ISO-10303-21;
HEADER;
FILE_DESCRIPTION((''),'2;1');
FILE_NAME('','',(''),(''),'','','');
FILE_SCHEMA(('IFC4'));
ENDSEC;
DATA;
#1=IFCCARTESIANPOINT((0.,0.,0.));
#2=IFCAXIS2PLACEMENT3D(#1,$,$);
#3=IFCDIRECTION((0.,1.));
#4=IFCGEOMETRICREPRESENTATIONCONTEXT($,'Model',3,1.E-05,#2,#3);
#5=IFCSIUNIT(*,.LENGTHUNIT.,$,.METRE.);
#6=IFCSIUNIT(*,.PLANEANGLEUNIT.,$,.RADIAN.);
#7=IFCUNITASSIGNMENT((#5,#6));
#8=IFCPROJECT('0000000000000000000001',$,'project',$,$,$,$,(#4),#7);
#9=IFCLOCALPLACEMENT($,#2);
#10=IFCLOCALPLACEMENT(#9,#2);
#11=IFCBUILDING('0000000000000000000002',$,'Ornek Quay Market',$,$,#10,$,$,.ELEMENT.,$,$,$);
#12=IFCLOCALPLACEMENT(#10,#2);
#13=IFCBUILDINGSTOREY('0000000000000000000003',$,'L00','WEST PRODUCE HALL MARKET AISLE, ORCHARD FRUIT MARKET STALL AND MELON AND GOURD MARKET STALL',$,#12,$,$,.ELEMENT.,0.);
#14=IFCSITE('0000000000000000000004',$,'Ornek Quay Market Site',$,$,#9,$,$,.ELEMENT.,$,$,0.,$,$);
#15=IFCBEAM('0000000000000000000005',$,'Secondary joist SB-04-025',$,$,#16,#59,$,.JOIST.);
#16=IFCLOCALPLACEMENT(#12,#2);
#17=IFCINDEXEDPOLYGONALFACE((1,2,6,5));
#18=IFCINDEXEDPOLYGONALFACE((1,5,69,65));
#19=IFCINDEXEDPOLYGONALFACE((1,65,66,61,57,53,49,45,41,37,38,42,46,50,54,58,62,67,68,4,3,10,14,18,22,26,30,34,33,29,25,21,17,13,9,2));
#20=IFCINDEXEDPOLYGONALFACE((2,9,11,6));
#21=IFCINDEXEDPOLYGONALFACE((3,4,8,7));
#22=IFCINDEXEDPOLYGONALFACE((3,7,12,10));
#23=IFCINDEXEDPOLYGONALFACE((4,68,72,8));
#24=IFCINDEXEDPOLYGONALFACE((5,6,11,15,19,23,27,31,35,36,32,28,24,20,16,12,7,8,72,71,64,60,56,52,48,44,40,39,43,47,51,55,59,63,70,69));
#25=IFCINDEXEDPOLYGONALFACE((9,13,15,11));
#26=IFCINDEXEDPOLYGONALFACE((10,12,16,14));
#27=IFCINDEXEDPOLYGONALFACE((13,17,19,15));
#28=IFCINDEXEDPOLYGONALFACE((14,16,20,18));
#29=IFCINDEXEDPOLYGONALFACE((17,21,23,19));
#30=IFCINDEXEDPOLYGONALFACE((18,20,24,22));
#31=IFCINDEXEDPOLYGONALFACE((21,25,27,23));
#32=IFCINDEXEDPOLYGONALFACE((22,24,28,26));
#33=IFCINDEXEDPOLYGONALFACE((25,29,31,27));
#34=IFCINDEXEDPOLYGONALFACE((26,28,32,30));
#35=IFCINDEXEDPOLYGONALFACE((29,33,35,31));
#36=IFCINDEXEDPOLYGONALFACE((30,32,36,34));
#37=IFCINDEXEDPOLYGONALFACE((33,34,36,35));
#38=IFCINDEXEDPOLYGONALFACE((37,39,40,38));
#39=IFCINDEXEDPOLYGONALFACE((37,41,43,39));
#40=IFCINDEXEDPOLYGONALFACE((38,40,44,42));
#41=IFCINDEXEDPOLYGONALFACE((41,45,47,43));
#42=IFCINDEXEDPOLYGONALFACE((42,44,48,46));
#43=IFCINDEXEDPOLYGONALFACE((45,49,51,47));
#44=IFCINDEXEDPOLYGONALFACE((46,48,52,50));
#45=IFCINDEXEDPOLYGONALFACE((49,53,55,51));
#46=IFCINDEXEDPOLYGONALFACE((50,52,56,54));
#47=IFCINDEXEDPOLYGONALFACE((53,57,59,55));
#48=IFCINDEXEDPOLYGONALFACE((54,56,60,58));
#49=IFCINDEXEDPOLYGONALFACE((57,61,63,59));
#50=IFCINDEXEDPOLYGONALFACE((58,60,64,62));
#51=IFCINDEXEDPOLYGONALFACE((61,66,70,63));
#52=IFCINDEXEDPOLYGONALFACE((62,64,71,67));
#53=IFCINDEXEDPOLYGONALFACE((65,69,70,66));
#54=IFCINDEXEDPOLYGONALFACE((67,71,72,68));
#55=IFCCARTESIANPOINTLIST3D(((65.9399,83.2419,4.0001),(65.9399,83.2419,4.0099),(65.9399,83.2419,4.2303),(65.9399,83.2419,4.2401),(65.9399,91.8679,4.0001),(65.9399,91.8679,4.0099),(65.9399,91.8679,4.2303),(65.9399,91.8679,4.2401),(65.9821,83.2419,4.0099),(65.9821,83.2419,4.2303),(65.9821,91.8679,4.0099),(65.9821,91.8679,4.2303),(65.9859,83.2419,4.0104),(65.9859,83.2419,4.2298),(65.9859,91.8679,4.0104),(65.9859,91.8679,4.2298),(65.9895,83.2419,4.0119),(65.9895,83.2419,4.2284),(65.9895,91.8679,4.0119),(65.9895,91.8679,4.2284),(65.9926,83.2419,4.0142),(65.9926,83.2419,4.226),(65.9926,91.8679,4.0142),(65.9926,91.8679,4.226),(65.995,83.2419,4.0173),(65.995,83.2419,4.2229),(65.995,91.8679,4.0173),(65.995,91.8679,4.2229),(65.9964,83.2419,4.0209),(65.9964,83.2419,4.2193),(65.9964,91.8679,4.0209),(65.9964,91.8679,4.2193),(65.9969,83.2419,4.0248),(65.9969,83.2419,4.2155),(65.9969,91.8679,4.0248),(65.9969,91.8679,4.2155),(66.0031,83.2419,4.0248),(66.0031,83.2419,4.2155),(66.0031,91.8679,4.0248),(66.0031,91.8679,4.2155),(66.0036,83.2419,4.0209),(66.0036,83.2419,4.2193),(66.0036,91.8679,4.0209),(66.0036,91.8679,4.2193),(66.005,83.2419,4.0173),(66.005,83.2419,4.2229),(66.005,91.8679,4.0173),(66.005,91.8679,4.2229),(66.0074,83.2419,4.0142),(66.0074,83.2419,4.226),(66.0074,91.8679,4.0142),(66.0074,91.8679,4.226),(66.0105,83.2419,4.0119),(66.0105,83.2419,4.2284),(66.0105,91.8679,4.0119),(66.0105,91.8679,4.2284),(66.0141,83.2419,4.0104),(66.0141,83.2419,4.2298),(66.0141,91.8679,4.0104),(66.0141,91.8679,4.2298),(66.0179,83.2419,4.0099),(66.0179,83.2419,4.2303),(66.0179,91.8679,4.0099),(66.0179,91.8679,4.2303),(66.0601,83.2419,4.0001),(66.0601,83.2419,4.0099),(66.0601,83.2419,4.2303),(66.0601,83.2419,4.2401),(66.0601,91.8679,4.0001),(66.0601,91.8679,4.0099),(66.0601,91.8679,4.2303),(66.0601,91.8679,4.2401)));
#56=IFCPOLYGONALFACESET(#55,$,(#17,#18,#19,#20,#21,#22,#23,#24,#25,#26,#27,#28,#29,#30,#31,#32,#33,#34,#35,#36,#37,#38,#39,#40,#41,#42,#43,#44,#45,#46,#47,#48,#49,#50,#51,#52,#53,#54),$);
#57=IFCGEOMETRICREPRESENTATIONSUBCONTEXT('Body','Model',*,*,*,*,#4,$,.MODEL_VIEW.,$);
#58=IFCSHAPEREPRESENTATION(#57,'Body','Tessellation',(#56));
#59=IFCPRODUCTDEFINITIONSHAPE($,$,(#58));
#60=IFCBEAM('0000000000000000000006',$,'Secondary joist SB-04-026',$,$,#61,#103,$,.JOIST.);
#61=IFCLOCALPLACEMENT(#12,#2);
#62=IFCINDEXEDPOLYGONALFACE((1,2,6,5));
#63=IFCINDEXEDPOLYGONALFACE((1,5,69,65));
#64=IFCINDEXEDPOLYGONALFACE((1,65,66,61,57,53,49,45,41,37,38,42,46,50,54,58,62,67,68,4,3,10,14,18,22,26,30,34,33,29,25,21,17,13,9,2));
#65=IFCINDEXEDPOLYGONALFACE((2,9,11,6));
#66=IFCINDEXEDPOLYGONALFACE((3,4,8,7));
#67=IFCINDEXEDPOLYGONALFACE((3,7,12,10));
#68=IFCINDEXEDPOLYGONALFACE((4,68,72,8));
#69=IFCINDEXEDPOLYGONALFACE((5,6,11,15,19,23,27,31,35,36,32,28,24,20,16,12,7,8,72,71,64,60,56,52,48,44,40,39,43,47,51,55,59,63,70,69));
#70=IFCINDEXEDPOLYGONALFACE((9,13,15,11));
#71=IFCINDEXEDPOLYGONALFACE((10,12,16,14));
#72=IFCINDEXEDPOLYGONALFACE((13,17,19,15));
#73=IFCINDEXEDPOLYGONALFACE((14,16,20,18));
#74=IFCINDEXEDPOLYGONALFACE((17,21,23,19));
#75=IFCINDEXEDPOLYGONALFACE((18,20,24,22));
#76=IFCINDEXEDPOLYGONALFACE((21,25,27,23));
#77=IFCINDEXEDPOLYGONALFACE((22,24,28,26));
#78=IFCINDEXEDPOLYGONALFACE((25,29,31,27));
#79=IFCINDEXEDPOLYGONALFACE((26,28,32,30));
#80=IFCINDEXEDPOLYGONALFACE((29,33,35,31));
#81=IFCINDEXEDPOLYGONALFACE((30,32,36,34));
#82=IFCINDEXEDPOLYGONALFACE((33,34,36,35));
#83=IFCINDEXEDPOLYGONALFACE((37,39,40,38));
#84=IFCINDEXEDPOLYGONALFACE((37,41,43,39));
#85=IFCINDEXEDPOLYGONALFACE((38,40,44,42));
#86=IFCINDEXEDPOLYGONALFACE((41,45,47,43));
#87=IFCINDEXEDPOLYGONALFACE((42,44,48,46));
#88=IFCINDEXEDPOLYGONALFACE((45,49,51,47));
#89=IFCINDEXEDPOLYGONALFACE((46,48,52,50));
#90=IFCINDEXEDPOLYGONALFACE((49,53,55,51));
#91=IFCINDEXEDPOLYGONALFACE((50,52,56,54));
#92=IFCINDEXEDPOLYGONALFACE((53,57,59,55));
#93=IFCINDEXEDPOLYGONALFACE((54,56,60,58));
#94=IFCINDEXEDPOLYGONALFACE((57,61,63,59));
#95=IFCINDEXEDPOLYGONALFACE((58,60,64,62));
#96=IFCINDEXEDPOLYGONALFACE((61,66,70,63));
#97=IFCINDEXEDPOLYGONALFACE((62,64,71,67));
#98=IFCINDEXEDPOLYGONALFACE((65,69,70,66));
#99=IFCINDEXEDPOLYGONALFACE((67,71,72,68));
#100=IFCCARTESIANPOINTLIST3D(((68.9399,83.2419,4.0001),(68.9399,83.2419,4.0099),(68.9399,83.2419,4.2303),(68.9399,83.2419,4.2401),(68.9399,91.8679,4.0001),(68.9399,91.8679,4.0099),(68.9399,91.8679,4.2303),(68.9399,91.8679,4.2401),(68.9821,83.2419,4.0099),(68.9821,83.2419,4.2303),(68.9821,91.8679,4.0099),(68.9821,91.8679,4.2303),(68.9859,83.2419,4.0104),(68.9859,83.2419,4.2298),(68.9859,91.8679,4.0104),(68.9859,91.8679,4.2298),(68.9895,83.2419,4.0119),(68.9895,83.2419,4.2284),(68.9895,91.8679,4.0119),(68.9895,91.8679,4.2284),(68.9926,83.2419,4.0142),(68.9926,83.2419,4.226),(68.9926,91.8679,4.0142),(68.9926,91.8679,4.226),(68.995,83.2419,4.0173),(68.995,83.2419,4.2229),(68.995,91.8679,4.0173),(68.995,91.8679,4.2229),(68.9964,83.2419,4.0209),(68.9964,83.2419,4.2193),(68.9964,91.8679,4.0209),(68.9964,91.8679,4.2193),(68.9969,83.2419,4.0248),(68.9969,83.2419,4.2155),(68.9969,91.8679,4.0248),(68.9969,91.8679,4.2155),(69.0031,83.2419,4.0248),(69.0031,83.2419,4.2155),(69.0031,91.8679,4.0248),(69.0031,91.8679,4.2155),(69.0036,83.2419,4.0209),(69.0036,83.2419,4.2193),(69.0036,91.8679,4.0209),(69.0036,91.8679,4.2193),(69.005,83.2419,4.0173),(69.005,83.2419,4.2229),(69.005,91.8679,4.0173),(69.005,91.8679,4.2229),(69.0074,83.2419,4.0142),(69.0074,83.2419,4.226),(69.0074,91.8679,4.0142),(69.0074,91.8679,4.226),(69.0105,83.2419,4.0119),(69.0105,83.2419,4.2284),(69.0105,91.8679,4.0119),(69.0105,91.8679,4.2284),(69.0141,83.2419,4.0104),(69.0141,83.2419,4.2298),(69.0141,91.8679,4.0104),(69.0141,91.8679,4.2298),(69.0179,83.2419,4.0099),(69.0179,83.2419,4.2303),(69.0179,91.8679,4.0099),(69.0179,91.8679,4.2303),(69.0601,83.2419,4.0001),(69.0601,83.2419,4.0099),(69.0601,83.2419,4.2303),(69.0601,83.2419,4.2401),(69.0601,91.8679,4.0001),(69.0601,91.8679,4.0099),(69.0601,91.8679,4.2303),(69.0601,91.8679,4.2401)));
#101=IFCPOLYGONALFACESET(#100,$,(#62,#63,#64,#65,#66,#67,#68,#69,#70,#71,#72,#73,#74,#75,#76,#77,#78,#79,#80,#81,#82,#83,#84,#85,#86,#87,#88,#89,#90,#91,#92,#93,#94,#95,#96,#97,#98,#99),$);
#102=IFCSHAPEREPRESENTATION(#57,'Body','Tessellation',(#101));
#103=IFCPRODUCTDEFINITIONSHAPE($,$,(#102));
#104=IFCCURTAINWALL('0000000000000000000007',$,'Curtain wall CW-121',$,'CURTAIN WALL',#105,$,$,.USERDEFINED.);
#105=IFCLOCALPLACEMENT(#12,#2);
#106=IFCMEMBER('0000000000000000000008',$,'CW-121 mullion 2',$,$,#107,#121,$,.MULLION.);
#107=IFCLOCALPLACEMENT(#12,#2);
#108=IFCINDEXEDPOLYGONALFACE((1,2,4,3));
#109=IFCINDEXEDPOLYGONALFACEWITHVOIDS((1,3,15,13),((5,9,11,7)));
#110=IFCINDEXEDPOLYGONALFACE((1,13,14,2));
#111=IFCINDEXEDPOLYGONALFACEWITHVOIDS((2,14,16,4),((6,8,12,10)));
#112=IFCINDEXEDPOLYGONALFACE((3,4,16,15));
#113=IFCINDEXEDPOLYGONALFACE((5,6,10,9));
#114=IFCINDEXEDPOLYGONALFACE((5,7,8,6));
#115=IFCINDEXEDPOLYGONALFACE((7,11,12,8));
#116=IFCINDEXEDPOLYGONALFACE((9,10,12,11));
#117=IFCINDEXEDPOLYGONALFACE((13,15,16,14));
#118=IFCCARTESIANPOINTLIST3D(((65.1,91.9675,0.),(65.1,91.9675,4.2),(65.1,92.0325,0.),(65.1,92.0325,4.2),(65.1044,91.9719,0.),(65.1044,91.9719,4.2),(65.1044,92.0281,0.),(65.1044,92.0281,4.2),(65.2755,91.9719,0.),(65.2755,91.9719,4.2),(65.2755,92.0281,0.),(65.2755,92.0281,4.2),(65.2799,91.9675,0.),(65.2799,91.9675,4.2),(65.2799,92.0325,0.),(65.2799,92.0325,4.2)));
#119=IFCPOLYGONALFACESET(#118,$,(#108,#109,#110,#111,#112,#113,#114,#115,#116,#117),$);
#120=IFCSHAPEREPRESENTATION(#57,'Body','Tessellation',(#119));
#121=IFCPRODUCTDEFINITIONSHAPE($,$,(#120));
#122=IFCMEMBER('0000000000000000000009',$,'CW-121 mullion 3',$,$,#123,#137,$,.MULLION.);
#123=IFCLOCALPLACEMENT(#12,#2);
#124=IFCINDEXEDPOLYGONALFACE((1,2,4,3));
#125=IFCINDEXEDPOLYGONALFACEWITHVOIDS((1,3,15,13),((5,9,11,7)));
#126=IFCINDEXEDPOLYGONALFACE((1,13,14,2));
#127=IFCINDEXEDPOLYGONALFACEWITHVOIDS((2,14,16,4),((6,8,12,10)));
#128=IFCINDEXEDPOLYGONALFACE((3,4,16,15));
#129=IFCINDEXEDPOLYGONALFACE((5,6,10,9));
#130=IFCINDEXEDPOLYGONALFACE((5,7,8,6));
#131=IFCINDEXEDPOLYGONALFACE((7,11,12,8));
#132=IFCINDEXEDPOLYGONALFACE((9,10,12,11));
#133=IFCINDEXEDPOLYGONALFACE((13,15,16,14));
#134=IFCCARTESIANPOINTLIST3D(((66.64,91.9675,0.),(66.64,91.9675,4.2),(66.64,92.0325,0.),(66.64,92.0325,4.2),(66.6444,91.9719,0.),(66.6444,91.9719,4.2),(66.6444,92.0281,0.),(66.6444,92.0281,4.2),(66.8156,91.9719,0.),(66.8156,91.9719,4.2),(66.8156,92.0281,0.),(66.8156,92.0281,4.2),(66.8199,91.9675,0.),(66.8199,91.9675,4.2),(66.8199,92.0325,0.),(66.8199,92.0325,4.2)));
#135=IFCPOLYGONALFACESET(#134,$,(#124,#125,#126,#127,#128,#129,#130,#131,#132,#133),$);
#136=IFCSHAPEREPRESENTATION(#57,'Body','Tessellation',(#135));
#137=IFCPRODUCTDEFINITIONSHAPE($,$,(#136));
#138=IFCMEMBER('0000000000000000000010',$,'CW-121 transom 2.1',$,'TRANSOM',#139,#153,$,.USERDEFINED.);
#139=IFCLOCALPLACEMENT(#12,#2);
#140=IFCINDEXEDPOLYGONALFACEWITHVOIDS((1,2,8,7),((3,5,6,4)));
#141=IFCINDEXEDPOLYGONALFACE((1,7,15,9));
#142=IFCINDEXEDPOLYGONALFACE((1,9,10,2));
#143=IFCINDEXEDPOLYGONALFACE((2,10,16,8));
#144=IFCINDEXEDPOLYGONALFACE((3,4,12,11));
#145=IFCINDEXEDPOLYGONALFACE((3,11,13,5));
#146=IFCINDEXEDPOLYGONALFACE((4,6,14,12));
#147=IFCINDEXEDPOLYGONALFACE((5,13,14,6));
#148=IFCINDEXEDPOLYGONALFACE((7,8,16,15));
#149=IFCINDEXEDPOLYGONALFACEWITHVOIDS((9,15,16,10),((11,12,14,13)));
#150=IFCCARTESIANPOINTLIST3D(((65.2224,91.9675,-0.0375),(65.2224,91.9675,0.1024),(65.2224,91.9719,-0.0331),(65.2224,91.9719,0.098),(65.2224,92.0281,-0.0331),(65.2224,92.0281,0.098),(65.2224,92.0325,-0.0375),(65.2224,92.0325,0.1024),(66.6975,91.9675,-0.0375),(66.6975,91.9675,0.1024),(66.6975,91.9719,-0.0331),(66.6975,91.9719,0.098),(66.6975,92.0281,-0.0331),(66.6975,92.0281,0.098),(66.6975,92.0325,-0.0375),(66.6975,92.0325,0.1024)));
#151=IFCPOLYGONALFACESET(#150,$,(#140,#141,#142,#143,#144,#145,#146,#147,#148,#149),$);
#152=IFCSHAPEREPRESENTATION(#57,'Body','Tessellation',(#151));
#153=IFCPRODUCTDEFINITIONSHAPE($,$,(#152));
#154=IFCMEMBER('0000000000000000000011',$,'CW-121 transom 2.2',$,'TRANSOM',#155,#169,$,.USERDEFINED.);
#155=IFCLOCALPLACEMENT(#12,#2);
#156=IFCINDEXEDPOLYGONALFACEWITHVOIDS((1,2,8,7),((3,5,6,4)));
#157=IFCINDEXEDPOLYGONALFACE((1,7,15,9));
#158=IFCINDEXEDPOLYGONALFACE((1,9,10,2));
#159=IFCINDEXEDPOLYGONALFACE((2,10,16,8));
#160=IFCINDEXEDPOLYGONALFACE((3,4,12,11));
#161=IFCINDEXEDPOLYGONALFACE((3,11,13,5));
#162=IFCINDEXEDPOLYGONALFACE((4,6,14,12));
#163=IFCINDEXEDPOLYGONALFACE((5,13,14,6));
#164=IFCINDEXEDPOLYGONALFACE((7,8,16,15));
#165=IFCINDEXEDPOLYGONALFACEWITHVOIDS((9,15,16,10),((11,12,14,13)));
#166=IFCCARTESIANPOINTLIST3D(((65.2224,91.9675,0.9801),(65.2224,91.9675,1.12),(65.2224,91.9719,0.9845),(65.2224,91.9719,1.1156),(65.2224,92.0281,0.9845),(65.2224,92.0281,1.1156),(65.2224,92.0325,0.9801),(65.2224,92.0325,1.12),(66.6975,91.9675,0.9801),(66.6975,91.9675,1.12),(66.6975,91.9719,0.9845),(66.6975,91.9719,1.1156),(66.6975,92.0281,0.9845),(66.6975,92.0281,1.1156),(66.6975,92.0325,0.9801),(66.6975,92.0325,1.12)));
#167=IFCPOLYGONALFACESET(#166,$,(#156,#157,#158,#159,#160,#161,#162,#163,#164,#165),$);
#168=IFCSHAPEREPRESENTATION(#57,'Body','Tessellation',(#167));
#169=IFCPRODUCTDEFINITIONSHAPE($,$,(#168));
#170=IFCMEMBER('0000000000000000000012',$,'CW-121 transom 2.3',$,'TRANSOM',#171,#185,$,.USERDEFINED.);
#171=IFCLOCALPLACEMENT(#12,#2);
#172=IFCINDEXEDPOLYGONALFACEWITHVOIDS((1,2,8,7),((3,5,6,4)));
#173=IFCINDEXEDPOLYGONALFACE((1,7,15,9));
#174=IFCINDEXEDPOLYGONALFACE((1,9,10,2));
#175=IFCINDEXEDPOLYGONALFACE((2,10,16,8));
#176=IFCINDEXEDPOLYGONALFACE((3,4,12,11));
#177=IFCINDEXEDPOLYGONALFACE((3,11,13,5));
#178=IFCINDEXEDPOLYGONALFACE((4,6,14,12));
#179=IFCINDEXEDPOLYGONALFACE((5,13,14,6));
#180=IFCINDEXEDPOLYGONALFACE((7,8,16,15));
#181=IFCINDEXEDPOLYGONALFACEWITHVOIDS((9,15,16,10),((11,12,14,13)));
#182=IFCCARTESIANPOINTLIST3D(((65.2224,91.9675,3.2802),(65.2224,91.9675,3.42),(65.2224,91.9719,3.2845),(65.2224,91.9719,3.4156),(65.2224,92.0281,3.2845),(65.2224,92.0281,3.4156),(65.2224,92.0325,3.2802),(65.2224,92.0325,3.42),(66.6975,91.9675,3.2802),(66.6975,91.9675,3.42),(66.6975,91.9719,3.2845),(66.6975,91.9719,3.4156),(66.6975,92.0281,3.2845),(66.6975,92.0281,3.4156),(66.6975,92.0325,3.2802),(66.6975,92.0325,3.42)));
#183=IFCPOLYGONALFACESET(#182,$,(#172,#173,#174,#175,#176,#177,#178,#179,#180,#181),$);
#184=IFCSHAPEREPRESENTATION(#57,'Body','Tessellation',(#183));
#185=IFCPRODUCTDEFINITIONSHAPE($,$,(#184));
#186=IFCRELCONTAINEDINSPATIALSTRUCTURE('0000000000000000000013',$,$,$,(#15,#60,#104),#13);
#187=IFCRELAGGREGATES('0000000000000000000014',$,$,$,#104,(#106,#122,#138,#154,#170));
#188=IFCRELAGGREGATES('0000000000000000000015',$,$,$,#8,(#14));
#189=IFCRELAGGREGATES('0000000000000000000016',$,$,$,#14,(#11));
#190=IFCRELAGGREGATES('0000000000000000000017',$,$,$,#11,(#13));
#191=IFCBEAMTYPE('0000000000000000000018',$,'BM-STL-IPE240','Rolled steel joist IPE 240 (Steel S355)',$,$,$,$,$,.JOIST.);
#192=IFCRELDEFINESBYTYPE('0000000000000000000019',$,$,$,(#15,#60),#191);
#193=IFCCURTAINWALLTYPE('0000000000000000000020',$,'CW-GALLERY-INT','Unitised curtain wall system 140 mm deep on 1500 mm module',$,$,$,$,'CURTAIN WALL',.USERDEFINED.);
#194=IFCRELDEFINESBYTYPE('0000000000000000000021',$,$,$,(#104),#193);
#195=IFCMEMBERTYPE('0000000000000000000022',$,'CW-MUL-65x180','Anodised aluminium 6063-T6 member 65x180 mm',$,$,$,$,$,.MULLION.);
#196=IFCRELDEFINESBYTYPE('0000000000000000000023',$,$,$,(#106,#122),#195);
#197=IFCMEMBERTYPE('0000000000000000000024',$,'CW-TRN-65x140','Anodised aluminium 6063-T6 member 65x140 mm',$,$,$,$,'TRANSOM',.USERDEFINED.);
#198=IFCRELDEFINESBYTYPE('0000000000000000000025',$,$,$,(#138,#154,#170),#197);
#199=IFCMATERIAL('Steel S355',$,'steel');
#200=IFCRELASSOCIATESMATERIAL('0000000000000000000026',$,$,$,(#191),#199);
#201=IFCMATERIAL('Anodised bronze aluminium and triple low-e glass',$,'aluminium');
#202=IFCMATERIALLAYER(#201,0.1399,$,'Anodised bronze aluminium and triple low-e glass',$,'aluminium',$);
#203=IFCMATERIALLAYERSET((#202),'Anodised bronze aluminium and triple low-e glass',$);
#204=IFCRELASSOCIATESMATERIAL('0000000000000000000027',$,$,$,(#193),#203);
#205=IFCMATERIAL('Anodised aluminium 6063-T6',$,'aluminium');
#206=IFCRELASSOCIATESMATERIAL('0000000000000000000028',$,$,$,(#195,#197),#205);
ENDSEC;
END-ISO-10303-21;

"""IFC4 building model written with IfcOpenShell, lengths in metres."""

from ifc_helpers import new_model, si_unit, direction, frame, origin, origin_2d, place, context, subcontext, project, spatial, hollow_rectangle, i_section, extrude, material, layer, layer_set, material_profile, profile_set, type_object, element, aggregate, save


model = new_model("IFC4")

# Units and contexts
model_context = context("Model", 3, precision=1e-05, world=origin(), true_north=direction((0.0, 1.0)))
body_context = subcontext(model_context, "Body", "Model", "MODEL_VIEW")
ifc_project = project(units=[si_unit("LENGTHUNIT", "METRE"), si_unit("PLANEANGLEUNIT", "RADIAN")], contexts=[model_context])

# Site, building, storey
site_placement = place(None, origin())
site = spatial("IfcSite", under=ifc_project, at=site_placement, Name="Ornek Quay Market Site", CompositionType="ELEMENT", RefElevation=0.0)
building_placement = place(site_placement, origin())
building = spatial("IfcBuilding", under=site, at=building_placement, Name="Ornek Quay Market", CompositionType="ELEMENT")
storey_placement = place(building_placement, origin())
storey = spatial("IfcBuildingStorey", under=building, at=storey_placement, Name="L00", Description="WEST PRODUCE HALL MARKET AISLE, ORCHARD FRUIT MARKET STALL AND MELON AND GOURD MARKET STALL", CompositionType="ELEMENT", Elevation=0.0)

# Beams
ifc_material_1 = material(Name="Steel S355", Category="steel")
ifc_material_profile_1 = material_profile(ifc_material_1, i_section(OverallWidth=0.1201, OverallDepth=0.24, WebThickness=0.0061, FlangeThickness=0.0098, FilletRadius=0.0149, at=origin_2d()), Name="IPE 240", Category="steel")
ifc_profile_set_1 = profile_set([ifc_material_profile_1], Name="Steel S355")
beam_type = type_object("IfcBeamType", Name="BM-STL-IPE240", Description="Rolled steel joist IPE 240 (Steel S355)", PredefinedType="JOIST", material=ifc_profile_set_1)
for number, where, z_axis, x_axis, name in (
    (1, (66.0, 83.2419, 4.1201), (0.0, 1.0, 0.0), (-1.0, 0.0, 0.0), "Secondary joist SB-04-025"),
    (2, (69.0, 83.2419, 4.1201), (0.0, 1.0, 0.0), (-1.0, 0.0, 0.0), "Secondary joist SB-04-026"),
):
    element("IfcBeam", number, at=place(storey_placement, frame(where, z_axis=z_axis, x_axis=x_axis)), inside=storey, type_object=beam_type, Name=name, PredefinedType="JOIST", context=body_context, shape_type="SweptSolid", body=[
        extrude(i_section(OverallWidth=0.1201, OverallDepth=0.24, WebThickness=0.0061, FlangeThickness=0.0098, FilletRadius=0.0149, at=origin_2d()), origin(), (0.0, 0.0, 1.0), 8.626),
    ])

# Curtain wall, members
ifc_material_2 = material(Name="Anodised bronze aluminium and triple low-e glass", Category="aluminium")
ifc_layer_1 = layer(ifc_material_2, 0.1399, Name="Anodised bronze aluminium and triple low-e glass", Category="aluminium")
ifc_layer_set_1 = layer_set([ifc_layer_1], Name="Anodised bronze aluminium and triple low-e glass")
curtain_wall_type = type_object("IfcCurtainWallType", Name="CW-GALLERY-INT", Description="Unitised curtain wall system 140 mm deep on 1500 mm module", ElementType="CURTAIN WALL", PredefinedType="USERDEFINED", material=ifc_layer_set_1)
curtain_wall_placement = place(storey_placement, origin())
curtain_wall = element("IfcCurtainWall", 3, at=curtain_wall_placement, inside=storey, type_object=curtain_wall_type, Name="Curtain wall CW-121", ObjectType="CURTAIN WALL", PredefinedType="USERDEFINED")
ifc_material_3 = material(Name="Anodised aluminium 6063-T6", Category="aluminium")
ifc_material_profile_2 = material_profile(ifc_material_3, hollow_rectangle(XDim=0.0649, YDim=0.1799, WallThickness=0.0044, at=origin_2d()), Name="CW-MUL-65x180", Category="aluminium")
ifc_profile_set_2 = profile_set([ifc_material_profile_2], Name="Anodised aluminium 6063-T6")
member_type_1 = type_object("IfcMemberType", Name="CW-MUL-65x180", Description="Anodised aluminium 6063-T6 member 65x180 mm", PredefinedType="MULLION", material=ifc_profile_set_2)
member_1_placement = place(storey_placement, frame((65.1899, 92.0, 0.0), z_axis=(0.0, 0.0, 1.0), x_axis=(0.0, 1.0, 0.0)))
member_1 = element("IfcMember", 4, at=member_1_placement, type_object=member_type_1, Name="CW-121 mullion 2", PredefinedType="MULLION", context=body_context, shape_type="SweptSolid", body=[
    extrude(hollow_rectangle(XDim=0.0649, YDim=0.1799, WallThickness=0.0044, at=origin_2d()), origin(), (0.0, 0.0, 1.0), 4.2),
])
member_2_placement = place(storey_placement, frame((66.73, 92.0, 0.0), z_axis=(0.0, 0.0, 1.0), x_axis=(0.0, 1.0, 0.0)))
member_2 = element("IfcMember", 5, at=member_2_placement, type_object=member_type_1, Name="CW-121 mullion 3", PredefinedType="MULLION", context=body_context, shape_type="SweptSolid", body=[
    extrude(hollow_rectangle(XDim=0.0649, YDim=0.1799, WallThickness=0.0044, at=origin_2d()), origin(), (0.0, 0.0, 1.0), 4.2),
])
ifc_material_profile_3 = material_profile(ifc_material_3, hollow_rectangle(XDim=0.0649, YDim=0.1399, WallThickness=0.0044, at=origin_2d()), Name="CW-TRN-65x140", Category="aluminium")
ifc_profile_set_3 = profile_set([ifc_material_profile_3], Name="Anodised aluminium 6063-T6")
member_type_2 = type_object("IfcMemberType", Name="CW-TRN-65x140", Description="Anodised aluminium 6063-T6 member 65x140 mm", ElementType="TRANSOM", PredefinedType="USERDEFINED", material=ifc_profile_set_3)
member_3_placement = place(storey_placement, frame((65.2224, 92.0, 0.0325), z_axis=(1.0, 0.0, 0.0), x_axis=(0.0, 1.0, 0.0)))
member_3 = element("IfcMember", 6, at=member_3_placement, type_object=member_type_2, Name="CW-121 transom 2.1", ObjectType="TRANSOM", PredefinedType="USERDEFINED", context=body_context, shape_type="SweptSolid", body=[
    extrude(hollow_rectangle(XDim=0.0649, YDim=0.1399, WallThickness=0.0044, at=origin_2d()), origin(), (0.0, 0.0, 1.0), 1.4751),
])
member_4_placement = place(storey_placement, frame((65.2224, 92.0, 1.05), z_axis=(1.0, 0.0, 0.0), x_axis=(0.0, 1.0, 0.0)))
member_4 = element("IfcMember", 7, at=member_4_placement, type_object=member_type_2, Name="CW-121 transom 2.2", ObjectType="TRANSOM", PredefinedType="USERDEFINED", context=body_context, shape_type="SweptSolid", body=[
    extrude(hollow_rectangle(XDim=0.0649, YDim=0.1399, WallThickness=0.0044, at=origin_2d()), origin(), (0.0, 0.0, 1.0), 1.4751),
])
member_5_placement = place(storey_placement, frame((65.2224, 92.0, 3.3501), z_axis=(1.0, 0.0, 0.0), x_axis=(0.0, 1.0, 0.0)))
member_5 = element("IfcMember", 8, at=member_5_placement, type_object=member_type_2, Name="CW-121 transom 2.3", ObjectType="TRANSOM", PredefinedType="USERDEFINED", context=body_context, shape_type="SweptSolid", body=[
    extrude(hollow_rectangle(XDim=0.0649, YDim=0.1399, WallThickness=0.0044, at=origin_2d()), origin(), (0.0, 0.0, 1.0), 1.4751),
])
aggregate(curtain_wall, [member_1, member_2, member_3, member_4, member_5])

save(model, "model.ifc")
